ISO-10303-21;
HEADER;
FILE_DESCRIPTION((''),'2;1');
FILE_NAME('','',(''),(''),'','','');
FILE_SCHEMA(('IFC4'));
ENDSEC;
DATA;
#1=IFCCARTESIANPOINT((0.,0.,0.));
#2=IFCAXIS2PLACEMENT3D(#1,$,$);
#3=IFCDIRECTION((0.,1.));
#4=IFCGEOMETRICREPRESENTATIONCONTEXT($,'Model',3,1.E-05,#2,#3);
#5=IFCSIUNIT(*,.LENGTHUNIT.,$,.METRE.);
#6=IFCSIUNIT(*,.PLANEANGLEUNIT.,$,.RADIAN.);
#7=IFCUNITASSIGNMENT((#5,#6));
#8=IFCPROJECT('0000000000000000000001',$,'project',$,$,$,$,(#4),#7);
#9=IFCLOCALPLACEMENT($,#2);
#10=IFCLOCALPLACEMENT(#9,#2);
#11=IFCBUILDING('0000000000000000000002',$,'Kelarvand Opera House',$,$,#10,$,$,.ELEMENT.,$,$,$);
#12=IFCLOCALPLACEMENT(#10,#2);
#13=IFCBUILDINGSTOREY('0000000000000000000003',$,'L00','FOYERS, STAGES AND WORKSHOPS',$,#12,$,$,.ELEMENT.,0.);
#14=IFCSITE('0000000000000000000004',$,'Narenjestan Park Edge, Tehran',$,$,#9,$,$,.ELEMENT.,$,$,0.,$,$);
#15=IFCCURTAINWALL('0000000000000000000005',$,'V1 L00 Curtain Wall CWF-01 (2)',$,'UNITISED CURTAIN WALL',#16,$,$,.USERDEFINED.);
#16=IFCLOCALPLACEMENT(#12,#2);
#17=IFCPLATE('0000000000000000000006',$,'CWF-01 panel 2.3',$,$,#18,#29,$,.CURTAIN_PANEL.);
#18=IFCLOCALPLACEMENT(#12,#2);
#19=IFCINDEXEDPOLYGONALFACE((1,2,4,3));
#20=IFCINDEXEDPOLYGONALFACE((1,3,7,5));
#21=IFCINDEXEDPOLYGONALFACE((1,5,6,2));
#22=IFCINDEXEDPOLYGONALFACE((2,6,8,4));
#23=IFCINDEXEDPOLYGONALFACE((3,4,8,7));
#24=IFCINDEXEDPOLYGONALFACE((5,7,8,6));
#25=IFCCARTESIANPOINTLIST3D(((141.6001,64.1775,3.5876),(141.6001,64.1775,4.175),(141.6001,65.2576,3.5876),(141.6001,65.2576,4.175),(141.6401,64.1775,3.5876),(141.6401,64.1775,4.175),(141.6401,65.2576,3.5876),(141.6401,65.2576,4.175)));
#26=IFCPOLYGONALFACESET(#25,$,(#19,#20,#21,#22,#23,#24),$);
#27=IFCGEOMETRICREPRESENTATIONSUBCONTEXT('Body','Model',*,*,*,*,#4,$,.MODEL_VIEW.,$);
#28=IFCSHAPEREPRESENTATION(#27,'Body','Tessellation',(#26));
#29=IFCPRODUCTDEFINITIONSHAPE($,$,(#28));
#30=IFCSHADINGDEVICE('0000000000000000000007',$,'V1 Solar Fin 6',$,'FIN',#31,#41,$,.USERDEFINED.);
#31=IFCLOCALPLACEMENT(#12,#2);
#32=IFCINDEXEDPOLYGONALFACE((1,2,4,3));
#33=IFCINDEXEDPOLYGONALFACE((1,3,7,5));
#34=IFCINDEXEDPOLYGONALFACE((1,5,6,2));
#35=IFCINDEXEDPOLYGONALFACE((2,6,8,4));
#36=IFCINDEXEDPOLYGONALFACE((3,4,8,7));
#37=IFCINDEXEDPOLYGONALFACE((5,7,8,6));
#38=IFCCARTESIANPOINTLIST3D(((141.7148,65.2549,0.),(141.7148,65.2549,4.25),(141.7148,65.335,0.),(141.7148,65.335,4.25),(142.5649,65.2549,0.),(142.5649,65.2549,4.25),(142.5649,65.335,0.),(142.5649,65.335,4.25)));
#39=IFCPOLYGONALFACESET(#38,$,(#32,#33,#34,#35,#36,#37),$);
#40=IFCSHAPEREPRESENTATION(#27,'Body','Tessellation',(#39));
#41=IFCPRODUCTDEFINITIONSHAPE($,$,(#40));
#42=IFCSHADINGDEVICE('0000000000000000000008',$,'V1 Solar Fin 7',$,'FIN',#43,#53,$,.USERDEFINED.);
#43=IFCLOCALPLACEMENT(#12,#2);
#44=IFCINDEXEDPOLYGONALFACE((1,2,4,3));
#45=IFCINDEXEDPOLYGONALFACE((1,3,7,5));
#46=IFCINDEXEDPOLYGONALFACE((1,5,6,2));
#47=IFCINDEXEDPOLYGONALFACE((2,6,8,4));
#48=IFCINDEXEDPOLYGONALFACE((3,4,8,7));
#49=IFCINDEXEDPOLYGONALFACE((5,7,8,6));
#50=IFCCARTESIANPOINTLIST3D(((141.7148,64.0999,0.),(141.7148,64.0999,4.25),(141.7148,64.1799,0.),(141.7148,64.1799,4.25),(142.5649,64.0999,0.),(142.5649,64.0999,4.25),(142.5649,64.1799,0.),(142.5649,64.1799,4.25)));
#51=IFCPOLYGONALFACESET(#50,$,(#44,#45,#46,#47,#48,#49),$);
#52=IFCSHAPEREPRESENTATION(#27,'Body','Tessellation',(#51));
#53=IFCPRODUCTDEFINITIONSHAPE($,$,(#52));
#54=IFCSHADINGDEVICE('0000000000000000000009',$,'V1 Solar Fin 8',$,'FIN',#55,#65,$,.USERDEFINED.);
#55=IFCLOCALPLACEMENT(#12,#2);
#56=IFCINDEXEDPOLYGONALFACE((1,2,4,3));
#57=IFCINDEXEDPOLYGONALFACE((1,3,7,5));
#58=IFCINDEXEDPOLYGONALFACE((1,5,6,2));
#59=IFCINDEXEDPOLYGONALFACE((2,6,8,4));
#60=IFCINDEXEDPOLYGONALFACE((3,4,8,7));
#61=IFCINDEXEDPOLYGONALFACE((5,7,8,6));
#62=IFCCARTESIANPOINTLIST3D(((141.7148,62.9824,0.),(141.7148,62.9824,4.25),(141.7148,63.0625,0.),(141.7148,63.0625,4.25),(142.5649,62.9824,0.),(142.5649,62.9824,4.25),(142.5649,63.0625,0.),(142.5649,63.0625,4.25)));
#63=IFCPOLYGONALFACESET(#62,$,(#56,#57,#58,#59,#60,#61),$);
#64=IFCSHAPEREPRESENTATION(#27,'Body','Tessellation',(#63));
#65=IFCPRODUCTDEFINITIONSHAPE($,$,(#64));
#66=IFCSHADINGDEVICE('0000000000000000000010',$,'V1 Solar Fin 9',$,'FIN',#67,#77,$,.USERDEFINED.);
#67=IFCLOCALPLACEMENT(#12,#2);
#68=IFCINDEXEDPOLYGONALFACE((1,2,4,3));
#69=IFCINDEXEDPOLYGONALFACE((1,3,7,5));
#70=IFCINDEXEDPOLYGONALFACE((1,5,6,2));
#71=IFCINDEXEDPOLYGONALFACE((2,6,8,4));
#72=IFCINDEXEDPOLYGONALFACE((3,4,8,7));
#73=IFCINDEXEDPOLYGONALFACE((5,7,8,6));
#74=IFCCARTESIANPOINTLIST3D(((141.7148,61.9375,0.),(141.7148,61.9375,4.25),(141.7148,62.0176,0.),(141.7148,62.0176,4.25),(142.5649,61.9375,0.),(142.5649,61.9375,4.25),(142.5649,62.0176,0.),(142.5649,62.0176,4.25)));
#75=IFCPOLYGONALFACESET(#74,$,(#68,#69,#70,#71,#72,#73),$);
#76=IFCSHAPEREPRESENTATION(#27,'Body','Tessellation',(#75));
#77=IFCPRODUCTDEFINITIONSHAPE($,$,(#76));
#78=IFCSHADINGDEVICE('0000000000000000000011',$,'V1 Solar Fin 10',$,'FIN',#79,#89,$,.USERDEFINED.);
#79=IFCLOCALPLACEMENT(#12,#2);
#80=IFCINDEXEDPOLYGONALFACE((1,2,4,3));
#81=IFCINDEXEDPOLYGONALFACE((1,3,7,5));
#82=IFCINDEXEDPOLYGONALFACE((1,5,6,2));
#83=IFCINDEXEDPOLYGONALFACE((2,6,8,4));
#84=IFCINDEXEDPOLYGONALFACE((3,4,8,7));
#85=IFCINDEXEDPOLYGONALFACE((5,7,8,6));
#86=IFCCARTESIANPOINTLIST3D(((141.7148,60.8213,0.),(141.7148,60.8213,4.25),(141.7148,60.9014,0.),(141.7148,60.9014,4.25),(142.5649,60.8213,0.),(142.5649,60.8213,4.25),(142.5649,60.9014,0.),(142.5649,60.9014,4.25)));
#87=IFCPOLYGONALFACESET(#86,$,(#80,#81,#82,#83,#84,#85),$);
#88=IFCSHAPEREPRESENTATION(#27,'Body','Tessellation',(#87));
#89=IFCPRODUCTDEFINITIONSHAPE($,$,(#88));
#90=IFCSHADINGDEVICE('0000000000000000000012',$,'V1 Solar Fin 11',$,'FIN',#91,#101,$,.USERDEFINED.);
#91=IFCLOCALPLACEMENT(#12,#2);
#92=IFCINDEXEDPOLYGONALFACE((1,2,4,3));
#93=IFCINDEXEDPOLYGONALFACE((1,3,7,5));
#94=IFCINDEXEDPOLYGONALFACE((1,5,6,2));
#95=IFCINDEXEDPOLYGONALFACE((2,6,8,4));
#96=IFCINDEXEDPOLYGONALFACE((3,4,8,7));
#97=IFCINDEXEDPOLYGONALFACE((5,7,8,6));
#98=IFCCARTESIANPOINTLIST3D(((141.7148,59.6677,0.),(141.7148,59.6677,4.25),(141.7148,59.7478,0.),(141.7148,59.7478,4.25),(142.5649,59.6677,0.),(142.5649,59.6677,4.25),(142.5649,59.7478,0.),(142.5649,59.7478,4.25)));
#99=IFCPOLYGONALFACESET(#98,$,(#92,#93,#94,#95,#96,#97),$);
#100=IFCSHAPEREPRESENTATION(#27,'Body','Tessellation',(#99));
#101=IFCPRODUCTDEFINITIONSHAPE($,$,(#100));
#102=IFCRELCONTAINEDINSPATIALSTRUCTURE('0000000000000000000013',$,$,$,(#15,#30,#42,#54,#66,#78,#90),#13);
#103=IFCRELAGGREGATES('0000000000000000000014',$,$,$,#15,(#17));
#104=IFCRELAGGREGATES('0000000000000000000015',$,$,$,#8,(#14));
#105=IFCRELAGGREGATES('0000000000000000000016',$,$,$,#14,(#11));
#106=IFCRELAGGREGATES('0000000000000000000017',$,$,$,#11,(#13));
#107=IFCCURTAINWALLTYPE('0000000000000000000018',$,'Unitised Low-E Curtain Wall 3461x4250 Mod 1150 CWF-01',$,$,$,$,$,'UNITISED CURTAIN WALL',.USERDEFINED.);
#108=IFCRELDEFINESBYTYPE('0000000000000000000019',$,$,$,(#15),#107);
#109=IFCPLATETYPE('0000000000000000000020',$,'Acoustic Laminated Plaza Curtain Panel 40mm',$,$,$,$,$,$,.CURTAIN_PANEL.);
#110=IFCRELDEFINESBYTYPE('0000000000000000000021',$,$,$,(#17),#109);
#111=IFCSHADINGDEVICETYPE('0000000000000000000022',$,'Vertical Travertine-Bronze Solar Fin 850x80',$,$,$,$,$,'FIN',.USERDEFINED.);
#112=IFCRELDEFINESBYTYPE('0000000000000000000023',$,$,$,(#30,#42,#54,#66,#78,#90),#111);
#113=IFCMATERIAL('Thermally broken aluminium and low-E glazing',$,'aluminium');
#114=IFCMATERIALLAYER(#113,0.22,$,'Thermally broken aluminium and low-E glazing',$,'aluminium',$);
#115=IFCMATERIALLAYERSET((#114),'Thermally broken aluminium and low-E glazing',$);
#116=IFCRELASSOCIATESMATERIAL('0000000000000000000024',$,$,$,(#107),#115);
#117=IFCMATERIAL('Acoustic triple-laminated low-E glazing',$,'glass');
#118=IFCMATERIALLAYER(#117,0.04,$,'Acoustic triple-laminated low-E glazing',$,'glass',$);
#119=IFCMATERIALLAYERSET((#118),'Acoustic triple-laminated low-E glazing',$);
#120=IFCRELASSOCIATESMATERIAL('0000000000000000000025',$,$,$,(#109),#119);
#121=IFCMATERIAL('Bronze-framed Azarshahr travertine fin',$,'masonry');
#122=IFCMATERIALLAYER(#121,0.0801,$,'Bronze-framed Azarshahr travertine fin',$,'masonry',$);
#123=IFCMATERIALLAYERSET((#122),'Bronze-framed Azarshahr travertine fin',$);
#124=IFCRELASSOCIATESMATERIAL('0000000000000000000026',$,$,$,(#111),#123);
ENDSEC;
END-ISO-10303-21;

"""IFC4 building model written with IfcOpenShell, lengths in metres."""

from ifc_helpers import new_model, si_unit, direction, frame, origin, origin_2d, place, context, subcontext, project, spatial, rectangle, extrude, material, layer, layer_set, type_object, element, aggregate, save


model = new_model("IFC4")

# Units and contexts
model_context = context("Model", 3, precision=1e-05, world=origin(), true_north=direction((0.0, 1.0)))
body_context = subcontext(model_context, "Body", "Model", "MODEL_VIEW")
ifc_project = project(units=[si_unit("LENGTHUNIT", "METRE"), si_unit("PLANEANGLEUNIT", "RADIAN")], contexts=[model_context])

# Site, building, storey
site_placement = place(None, origin())
site = spatial("IfcSite", under=ifc_project, at=site_placement, Name="Narenjestan Park Edge, Tehran", CompositionType="ELEMENT", RefElevation=0.0)
building_placement = place(site_placement, origin())
building = spatial("IfcBuilding", under=site, at=building_placement, Name="Kelarvand Opera House", CompositionType="ELEMENT")
storey_placement = place(building_placement, origin())
storey = spatial("IfcBuildingStorey", under=building, at=storey_placement, Name="L00", Description="FOYERS, STAGES AND WORKSHOPS", CompositionType="ELEMENT", Elevation=0.0)

# Curtain wall
ifc_material_1 = material(Name="Thermally broken aluminium and low-E glazing", Category="aluminium")
ifc_layer_1 = layer(ifc_material_1, 0.22, Name="Thermally broken aluminium and low-E glazing", Category="aluminium")
ifc_layer_set_1 = layer_set([ifc_layer_1], Name="Thermally broken aluminium and low-E glazing")
curtain_wall_type = type_object("IfcCurtainWallType", Name="Unitised Low-E Curtain Wall 3461x4250 Mod 1150 CWF-01", ElementType="UNITISED CURTAIN WALL", PredefinedType="USERDEFINED", material=ifc_layer_set_1)
curtain_wall_placement = place(storey_placement, origin())
curtain_wall = element("IfcCurtainWall", 1, at=curtain_wall_placement, inside=storey, type_object=curtain_wall_type, Name="V1 L00 Curtain Wall CWF-01 (2)", ObjectType="UNITISED CURTAIN WALL", PredefinedType="USERDEFINED")

# Plate
ifc_material_2 = material(Name="Acoustic triple-laminated low-E glazing", Category="glass")
ifc_layer_2 = layer(ifc_material_2, 0.04, Name="Acoustic triple-laminated low-E glazing", Category="glass")
ifc_layer_set_2 = layer_set([ifc_layer_2], Name="Acoustic triple-laminated low-E glazing")
plate_type = type_object("IfcPlateType", Name="Acoustic Laminated Plaza Curtain Panel 40mm", PredefinedType="CURTAIN_PANEL", material=ifc_layer_set_2)
plate_1_placement = place(storey_placement, frame((141.6201, 64.7175, 3.5876), z_axis=(0.0, 0.0, 1.0), x_axis=(0.0, -1.0, 0.0)))
plate_1 = element("IfcPlate", 2, at=plate_1_placement, type_object=plate_type, Name="CWF-01 panel 2.3", PredefinedType="CURTAIN_PANEL", context=body_context, shape_type="SweptSolid", body=[
    extrude(rectangle(XDim=1.0801, YDim=0.04, at=origin_2d()), origin(), (0.0, 0.0, 1.0), 0.5874),
])
aggregate(curtain_wall, [plate_1])

# Shading devices
ifc_material_3 = material(Name="Bronze-framed Azarshahr travertine fin", Category="masonry")
ifc_layer_3 = layer(ifc_material_3, 0.0801, Name="Bronze-framed Azarshahr travertine fin", Category="masonry")
ifc_layer_set_3 = layer_set([ifc_layer_3], Name="Bronze-framed Azarshahr travertine fin")
shading_device_type = type_object("IfcShadingDeviceType", Name="Vertical Travertine-Bronze Solar Fin 850x80", ElementType="FIN", PredefinedType="USERDEFINED", material=ifc_layer_set_3)
for number, where, z_axis, x_axis, name in (
    (3, (142.1399, 65.2949, 0.0), (0.0, 0.0, 1.0), (1.0, 0.0, 0.0), "V1 Solar Fin 6"),
    (4, (142.1399, 64.1399, 0.0), (0.0, 0.0, 1.0), (1.0, 0.0, 0.0), "V1 Solar Fin 7"),
    (5, (142.1399, 63.0225, 0.0), (0.0, 0.0, 1.0), (1.0, 0.0, 0.0), "V1 Solar Fin 8"),
    (6, (142.1399, 61.9775, 0.0), (0.0, 0.0, 1.0), (1.0, 0.0, 0.0), "V1 Solar Fin 9"),
    (7, (142.1399, 60.8613, 0.0), (0.0, 0.0, 1.0), (1.0, 0.0, 0.0), "V1 Solar Fin 10"),
    (8, (142.1399, 59.7078, 0.0), (0.0, 0.0, 1.0), (1.0, 0.0, 0.0), "V1 Solar Fin 11"),
):
    element("IfcShadingDevice", number, at=place(storey_placement, frame(where, z_axis=z_axis, x_axis=x_axis)), inside=storey, type_object=shading_device_type, Name=name, ObjectType="FIN", PredefinedType="USERDEFINED", context=body_context, shape_type="SweptSolid", body=[
        extrude(rectangle(XDim=0.8501, YDim=0.0801, at=origin_2d()), origin(), (0.0, 0.0, 1.0), 4.25),
    ])

save(model, "model.ifc")
